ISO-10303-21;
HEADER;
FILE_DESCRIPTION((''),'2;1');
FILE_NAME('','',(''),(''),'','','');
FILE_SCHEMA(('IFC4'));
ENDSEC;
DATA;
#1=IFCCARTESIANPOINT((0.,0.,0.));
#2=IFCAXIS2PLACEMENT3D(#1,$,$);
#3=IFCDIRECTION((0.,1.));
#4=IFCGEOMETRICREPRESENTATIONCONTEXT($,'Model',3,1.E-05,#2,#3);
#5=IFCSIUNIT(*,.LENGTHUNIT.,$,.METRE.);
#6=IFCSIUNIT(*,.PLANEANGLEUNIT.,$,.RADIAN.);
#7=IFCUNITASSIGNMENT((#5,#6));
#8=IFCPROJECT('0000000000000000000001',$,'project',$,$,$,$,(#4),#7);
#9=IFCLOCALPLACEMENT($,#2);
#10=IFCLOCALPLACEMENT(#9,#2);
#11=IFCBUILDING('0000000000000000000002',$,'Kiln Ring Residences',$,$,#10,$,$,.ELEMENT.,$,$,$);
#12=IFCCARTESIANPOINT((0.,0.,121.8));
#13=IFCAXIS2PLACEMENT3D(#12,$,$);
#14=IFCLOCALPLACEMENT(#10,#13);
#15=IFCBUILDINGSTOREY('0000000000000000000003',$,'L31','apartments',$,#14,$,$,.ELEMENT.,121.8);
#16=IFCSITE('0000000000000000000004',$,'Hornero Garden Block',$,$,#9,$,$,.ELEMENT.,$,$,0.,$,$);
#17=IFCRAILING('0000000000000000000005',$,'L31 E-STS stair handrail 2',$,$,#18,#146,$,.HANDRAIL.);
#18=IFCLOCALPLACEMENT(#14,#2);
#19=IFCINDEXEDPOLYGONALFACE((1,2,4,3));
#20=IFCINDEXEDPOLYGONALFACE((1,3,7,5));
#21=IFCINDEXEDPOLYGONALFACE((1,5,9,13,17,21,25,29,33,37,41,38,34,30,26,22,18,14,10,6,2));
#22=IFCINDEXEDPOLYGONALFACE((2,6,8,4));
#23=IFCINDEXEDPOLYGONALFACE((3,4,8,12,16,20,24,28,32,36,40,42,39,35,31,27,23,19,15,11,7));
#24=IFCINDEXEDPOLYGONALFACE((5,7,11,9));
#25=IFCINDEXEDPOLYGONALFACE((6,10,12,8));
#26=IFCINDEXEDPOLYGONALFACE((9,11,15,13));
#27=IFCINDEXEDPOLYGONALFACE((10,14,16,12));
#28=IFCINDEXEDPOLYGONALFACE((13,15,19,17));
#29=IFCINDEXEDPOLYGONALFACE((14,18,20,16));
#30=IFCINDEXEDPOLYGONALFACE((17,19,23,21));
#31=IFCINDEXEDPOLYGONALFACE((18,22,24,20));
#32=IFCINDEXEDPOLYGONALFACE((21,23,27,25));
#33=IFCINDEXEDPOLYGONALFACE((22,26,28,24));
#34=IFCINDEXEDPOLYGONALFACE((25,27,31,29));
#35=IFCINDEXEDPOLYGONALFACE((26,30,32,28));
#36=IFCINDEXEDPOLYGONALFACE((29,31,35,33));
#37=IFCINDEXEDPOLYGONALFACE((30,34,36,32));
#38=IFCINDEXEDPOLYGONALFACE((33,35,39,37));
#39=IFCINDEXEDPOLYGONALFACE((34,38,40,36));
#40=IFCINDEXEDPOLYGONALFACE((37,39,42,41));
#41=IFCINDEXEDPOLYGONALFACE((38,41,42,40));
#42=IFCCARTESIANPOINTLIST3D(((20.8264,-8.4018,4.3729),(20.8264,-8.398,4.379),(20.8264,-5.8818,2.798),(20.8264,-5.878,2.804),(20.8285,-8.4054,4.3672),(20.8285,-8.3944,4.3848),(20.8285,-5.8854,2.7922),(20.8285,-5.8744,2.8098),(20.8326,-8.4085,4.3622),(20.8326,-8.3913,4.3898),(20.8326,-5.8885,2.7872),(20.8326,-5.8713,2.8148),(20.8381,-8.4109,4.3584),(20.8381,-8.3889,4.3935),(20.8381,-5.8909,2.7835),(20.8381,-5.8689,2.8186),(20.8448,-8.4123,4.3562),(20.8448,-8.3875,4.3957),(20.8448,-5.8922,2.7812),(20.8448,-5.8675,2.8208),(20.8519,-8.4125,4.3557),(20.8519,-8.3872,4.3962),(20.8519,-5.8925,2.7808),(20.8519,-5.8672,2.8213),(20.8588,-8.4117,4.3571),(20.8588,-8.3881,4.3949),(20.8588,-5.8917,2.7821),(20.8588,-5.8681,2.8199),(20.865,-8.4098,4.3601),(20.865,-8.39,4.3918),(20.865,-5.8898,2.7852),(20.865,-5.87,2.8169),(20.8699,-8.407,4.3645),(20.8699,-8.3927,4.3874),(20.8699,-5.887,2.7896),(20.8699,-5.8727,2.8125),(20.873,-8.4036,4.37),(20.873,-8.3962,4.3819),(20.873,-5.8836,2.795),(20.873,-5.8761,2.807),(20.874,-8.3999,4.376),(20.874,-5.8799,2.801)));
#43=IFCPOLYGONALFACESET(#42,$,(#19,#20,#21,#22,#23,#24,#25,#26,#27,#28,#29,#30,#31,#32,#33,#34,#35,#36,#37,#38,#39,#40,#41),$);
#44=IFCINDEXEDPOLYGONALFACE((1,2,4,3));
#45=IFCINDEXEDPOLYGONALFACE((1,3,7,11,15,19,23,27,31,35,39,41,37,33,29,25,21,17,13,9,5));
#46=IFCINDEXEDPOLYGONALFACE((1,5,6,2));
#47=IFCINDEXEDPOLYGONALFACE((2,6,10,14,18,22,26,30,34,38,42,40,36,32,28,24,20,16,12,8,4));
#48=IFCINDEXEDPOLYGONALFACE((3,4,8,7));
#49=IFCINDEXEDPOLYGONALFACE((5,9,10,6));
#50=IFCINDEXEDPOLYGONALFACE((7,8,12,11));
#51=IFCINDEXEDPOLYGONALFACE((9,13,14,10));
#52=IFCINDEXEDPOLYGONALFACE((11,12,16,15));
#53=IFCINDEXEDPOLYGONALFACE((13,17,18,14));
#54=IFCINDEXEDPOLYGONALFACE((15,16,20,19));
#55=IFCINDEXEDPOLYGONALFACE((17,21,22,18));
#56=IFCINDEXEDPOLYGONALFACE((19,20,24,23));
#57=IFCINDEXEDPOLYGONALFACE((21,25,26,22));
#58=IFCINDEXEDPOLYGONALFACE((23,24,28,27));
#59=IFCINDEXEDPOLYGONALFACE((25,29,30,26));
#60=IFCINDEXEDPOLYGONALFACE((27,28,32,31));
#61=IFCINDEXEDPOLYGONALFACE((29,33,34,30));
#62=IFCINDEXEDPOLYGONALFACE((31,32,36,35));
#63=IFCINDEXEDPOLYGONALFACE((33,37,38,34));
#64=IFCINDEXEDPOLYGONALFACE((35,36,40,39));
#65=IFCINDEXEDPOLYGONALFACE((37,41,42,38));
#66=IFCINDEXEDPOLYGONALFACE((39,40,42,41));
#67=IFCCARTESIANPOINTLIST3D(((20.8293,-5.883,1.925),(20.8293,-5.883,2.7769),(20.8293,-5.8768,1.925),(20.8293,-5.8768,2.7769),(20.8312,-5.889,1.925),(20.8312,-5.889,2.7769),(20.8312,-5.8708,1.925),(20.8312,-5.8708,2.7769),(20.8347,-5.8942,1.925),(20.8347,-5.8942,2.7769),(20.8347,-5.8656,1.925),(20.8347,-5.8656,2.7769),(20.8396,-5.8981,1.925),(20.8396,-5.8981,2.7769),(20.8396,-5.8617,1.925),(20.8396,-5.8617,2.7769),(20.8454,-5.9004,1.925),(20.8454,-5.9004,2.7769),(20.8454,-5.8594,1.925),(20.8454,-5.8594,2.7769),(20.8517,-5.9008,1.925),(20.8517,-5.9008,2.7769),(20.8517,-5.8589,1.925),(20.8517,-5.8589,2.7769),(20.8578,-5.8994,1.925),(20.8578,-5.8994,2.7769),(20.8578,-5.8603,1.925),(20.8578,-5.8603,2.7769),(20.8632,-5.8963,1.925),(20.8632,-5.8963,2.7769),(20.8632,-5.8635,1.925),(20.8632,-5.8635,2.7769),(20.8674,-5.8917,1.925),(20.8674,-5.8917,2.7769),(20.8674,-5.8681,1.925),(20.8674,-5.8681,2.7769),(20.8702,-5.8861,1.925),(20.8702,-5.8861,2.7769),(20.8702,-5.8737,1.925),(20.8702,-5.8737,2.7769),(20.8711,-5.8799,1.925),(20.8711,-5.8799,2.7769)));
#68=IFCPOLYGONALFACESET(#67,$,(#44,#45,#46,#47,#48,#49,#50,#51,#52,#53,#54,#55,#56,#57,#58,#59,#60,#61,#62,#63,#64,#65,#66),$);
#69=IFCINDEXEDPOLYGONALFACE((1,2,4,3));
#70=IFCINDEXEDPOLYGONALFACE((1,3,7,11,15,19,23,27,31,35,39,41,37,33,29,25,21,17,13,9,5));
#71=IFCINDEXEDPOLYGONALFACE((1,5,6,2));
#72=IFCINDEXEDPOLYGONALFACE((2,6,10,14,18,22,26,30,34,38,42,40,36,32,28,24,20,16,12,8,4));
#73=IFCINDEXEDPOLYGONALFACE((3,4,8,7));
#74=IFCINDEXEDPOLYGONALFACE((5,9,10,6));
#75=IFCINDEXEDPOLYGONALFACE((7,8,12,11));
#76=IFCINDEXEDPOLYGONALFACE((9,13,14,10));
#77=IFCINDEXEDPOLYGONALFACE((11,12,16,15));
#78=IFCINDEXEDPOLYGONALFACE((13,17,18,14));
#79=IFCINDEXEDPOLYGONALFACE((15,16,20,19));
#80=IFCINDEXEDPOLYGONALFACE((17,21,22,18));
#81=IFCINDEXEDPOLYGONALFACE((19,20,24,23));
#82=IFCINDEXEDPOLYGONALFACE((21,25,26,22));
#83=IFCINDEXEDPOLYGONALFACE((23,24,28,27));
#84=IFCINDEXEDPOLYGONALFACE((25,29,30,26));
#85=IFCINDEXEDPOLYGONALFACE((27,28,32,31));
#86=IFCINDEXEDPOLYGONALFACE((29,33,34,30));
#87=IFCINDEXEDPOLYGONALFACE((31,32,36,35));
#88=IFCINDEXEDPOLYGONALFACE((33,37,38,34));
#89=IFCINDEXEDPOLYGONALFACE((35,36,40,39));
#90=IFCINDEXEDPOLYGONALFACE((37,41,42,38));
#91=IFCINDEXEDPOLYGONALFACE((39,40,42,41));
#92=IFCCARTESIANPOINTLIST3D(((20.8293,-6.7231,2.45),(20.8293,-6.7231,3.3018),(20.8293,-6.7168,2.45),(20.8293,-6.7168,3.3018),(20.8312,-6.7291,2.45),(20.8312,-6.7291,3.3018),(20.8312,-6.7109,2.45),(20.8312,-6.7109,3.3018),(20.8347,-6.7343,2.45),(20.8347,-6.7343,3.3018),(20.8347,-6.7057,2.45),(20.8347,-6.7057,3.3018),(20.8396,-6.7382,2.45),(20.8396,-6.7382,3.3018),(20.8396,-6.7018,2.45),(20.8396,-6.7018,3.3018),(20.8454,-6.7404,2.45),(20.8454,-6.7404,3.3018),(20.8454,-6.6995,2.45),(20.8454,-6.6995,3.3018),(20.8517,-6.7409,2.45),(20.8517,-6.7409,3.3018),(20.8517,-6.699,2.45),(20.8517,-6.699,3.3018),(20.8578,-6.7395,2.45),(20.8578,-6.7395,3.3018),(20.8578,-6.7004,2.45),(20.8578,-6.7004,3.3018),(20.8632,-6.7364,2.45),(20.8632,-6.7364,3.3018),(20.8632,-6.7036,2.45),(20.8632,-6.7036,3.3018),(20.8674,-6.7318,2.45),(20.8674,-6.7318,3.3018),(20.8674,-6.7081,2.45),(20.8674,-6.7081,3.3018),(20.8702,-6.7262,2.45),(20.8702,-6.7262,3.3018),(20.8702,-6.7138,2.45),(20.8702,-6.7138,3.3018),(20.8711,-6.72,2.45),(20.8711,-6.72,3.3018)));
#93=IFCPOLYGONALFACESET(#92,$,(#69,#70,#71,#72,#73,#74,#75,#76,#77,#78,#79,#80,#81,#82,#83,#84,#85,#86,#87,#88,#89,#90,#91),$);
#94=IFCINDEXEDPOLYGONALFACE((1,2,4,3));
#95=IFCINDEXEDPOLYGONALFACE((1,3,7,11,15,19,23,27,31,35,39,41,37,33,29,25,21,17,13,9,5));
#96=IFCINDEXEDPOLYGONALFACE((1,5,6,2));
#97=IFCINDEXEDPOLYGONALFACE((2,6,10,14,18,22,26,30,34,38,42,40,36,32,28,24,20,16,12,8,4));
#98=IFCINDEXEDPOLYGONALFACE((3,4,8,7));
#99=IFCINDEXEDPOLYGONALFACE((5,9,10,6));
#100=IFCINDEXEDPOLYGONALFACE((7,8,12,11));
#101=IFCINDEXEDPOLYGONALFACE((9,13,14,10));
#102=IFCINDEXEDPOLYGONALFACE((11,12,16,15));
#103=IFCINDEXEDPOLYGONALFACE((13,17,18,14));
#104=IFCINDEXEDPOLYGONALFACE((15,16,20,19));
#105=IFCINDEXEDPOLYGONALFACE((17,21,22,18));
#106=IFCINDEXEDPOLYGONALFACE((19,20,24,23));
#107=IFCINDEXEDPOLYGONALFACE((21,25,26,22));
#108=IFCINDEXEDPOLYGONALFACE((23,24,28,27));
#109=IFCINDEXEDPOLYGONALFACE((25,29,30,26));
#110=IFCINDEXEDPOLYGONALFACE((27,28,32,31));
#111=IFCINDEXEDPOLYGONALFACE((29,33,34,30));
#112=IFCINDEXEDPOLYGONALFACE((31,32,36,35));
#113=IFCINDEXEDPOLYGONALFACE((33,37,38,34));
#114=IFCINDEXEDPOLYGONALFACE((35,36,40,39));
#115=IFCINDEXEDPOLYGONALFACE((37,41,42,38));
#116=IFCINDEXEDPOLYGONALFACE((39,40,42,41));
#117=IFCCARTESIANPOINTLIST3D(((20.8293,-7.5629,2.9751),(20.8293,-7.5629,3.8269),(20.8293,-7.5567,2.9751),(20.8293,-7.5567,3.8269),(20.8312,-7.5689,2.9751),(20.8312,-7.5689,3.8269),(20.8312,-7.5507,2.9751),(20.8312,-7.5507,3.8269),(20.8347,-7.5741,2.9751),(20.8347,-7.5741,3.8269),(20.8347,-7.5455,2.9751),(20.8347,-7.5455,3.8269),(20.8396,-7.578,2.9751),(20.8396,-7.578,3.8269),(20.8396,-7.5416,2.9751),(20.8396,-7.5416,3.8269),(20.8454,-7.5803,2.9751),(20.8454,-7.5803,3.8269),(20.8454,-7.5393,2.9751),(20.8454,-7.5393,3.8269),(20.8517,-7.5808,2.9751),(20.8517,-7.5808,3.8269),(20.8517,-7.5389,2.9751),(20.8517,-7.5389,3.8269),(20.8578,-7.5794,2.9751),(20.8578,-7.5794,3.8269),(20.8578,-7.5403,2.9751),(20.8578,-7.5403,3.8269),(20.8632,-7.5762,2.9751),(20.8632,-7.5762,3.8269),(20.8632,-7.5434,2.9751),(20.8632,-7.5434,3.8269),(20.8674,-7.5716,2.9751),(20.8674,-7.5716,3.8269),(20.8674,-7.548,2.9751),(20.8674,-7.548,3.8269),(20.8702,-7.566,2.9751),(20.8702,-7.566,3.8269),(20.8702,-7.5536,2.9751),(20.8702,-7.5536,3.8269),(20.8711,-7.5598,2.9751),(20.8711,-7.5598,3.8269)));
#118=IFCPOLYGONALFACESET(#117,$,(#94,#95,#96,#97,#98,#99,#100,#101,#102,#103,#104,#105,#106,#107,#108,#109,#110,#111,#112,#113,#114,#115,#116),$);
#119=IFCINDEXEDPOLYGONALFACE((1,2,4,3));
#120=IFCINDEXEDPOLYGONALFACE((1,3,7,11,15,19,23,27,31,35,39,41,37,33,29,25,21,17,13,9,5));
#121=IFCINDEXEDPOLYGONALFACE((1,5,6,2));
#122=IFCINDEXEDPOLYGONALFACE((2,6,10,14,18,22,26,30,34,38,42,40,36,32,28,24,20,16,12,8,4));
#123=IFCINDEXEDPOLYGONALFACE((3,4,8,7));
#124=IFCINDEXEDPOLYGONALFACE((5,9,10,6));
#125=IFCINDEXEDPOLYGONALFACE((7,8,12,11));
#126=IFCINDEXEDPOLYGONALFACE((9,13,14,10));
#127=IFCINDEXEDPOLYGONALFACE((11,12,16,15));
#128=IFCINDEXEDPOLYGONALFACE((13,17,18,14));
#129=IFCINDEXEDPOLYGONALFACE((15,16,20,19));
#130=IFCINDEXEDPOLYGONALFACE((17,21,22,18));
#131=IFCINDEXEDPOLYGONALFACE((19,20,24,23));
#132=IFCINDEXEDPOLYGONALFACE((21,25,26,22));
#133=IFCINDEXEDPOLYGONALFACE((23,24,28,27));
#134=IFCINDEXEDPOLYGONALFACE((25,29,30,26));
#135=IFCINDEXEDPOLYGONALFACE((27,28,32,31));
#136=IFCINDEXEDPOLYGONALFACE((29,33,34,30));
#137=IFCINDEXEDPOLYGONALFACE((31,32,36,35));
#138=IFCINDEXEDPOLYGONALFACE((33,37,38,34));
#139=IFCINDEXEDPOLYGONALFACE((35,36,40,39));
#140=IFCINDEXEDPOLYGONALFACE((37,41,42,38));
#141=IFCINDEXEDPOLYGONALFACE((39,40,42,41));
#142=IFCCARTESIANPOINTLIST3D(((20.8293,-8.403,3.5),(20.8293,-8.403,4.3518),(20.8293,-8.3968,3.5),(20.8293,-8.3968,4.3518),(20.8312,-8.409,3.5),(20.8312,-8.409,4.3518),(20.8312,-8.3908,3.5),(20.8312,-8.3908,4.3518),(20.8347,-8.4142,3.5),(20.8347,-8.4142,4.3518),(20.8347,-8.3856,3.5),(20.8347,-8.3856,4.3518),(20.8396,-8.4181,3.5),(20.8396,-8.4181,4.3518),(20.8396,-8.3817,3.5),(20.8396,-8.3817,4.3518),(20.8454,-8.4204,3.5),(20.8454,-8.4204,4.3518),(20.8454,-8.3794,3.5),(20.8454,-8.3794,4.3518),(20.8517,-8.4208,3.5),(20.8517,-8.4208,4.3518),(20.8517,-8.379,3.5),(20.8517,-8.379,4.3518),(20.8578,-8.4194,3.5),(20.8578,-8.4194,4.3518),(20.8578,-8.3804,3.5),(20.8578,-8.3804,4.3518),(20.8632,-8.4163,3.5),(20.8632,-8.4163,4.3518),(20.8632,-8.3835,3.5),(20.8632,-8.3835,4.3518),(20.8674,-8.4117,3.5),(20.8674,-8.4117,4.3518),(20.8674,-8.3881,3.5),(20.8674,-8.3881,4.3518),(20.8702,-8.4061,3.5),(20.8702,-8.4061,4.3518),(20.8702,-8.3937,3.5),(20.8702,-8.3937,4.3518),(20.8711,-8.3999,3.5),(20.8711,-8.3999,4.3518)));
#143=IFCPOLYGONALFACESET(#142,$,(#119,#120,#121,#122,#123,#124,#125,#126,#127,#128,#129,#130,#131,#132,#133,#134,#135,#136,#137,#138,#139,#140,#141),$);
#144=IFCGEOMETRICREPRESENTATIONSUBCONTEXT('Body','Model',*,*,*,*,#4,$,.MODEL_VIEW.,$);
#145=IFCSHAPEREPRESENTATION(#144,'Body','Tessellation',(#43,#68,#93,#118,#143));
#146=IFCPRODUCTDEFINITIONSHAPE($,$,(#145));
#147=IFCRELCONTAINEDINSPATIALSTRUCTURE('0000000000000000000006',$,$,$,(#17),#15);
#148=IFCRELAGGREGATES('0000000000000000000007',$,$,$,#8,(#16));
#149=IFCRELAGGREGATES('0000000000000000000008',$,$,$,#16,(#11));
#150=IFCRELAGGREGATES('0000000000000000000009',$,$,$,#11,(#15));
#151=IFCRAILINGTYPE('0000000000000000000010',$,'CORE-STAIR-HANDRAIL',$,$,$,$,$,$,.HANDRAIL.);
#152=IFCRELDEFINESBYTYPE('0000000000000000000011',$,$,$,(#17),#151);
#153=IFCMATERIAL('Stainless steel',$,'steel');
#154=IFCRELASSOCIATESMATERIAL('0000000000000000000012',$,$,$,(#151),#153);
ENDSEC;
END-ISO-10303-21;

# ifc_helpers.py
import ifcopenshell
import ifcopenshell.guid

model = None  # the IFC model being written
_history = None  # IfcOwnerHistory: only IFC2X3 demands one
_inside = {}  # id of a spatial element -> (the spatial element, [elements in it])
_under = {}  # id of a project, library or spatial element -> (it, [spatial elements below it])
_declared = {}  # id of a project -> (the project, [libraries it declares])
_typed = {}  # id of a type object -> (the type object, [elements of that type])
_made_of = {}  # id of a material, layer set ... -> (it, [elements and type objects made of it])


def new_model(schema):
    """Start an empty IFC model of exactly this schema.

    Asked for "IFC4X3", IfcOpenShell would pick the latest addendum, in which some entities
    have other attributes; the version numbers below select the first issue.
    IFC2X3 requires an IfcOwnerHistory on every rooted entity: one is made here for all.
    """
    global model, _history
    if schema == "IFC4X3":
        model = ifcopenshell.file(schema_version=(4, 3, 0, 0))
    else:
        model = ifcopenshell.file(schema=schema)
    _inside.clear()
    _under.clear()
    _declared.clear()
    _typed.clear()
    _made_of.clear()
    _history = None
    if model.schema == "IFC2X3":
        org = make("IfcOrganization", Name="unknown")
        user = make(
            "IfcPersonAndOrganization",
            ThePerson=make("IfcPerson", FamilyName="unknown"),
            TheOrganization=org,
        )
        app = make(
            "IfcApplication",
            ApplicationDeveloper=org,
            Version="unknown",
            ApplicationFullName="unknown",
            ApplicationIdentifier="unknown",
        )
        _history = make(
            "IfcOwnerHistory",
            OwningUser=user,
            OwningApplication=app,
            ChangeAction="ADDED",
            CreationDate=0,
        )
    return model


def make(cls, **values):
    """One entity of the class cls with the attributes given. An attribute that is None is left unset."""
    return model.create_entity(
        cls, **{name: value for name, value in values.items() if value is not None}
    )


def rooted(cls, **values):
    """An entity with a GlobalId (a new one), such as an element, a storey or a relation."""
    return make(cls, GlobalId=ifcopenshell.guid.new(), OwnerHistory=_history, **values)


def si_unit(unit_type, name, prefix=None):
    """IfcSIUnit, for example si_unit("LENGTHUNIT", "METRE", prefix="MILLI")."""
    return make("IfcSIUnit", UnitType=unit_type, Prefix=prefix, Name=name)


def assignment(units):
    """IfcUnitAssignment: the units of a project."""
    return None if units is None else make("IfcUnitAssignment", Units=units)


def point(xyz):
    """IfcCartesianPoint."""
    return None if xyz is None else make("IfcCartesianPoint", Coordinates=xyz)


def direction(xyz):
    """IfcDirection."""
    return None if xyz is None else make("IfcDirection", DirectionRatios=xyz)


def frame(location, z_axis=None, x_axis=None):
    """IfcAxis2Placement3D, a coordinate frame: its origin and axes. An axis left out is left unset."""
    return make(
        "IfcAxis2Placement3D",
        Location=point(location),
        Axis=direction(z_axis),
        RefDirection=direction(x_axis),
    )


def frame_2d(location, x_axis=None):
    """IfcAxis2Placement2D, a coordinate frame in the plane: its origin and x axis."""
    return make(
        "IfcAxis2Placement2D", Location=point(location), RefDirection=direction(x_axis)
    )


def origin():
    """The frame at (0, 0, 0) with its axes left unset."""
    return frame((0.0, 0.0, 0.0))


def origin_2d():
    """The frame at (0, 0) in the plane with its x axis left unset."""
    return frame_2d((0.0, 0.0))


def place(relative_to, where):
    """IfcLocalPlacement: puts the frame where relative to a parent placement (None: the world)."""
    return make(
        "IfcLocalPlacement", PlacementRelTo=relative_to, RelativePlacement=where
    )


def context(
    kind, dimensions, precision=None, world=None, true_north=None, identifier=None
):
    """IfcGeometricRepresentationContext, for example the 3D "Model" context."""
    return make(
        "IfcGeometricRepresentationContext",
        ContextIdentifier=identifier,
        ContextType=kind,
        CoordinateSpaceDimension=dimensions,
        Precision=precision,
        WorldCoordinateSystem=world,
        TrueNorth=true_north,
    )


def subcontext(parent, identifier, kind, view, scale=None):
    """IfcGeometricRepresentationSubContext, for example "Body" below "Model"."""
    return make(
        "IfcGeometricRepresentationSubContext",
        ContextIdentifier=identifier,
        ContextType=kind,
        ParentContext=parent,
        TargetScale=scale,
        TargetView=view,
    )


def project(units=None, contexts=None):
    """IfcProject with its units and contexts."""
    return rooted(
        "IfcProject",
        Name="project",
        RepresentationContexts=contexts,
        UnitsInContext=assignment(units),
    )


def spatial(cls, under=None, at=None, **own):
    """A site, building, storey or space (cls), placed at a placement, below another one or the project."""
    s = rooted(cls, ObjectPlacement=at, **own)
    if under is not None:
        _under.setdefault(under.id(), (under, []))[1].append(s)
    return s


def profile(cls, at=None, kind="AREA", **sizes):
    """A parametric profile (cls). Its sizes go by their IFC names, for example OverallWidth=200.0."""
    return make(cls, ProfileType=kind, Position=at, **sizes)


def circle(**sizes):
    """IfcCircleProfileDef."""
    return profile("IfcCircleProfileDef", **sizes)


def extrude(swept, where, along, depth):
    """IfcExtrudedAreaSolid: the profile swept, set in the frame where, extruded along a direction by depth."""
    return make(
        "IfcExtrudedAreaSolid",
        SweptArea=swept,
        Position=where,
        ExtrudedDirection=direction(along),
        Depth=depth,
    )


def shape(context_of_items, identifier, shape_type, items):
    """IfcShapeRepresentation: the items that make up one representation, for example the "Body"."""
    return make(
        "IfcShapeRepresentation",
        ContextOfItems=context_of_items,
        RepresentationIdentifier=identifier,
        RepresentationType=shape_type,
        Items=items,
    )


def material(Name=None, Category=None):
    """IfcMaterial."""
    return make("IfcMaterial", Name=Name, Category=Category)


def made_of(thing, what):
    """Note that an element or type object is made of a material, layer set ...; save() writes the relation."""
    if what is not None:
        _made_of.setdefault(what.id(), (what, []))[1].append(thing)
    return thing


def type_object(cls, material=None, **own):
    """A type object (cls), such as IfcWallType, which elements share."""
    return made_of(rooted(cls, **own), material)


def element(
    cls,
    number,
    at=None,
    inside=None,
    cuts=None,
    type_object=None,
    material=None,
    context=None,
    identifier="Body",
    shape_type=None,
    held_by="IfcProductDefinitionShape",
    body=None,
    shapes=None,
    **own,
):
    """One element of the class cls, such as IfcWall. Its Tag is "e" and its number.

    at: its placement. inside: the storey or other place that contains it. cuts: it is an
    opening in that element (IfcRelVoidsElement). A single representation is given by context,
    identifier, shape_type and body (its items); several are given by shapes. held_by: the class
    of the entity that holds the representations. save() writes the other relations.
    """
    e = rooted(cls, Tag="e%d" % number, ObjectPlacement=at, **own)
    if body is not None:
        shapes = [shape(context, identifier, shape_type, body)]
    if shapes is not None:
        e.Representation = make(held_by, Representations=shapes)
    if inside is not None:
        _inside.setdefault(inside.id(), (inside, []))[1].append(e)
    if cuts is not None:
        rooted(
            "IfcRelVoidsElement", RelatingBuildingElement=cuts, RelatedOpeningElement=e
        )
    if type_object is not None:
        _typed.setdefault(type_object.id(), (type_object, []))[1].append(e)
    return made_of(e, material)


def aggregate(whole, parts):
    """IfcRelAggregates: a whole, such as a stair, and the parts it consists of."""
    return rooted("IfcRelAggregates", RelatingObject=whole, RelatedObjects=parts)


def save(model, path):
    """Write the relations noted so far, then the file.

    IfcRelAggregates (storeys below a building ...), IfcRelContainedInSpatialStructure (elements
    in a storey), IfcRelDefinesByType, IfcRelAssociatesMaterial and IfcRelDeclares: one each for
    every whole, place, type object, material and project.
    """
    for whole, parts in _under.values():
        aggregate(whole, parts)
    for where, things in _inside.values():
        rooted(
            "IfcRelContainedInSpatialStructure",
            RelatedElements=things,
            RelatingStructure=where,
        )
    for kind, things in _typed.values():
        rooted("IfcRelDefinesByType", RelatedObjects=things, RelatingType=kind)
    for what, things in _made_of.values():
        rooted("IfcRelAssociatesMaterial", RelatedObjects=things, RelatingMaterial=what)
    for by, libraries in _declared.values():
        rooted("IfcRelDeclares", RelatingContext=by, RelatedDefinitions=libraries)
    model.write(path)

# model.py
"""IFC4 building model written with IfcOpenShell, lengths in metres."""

from ifc_helpers import new_model, si_unit, direction, frame, origin, origin_2d, place, context, subcontext, project, spatial, circle, extrude, material, type_object, element, save


model = new_model("IFC4")

# Units and contexts
model_context = context("Model", 3, precision=1e-05, world=origin(), true_north=direction((0.0, 1.0)))
body_context = subcontext(model_context, "Body", "Model", "MODEL_VIEW")
ifc_project = project(units=[si_unit("LENGTHUNIT", "METRE"), si_unit("PLANEANGLEUNIT", "RADIAN")], contexts=[model_context])

# Site, building, storey
site_placement = place(None, origin())
site = spatial("IfcSite", under=ifc_project, at=site_placement, Name="Hornero Garden Block", CompositionType="ELEMENT", RefElevation=0.0)
building_placement = place(site_placement, origin())
building = spatial("IfcBuilding", under=site, at=building_placement, Name="Kiln Ring Residences", CompositionType="ELEMENT")
storey_placement = place(building_placement, frame((0.0, 0.0, 121.8)))
storey = spatial("IfcBuildingStorey", under=building, at=storey_placement, Name="L31", Description="apartments", CompositionType="ELEMENT", Elevation=121.8)

# Railing
ifc_material_1 = material(Name="Stainless steel", Category="steel")
railing_type_1 = type_object("IfcRailingType", Name="CORE-STAIR-HANDRAIL", PredefinedType="HANDRAIL", material=ifc_material_1)
railing_1_placement = place(storey_placement, frame((20.8501, -5.8799, 1.925)))
element("IfcRailing", 1, at=railing_1_placement, inside=storey, type_object=railing_type_1, Name="L31 E-STS stair handrail 2", PredefinedType="HANDRAIL", context=body_context, shape_type="SweptSolid", body=[
    extrude(circle(Radius=0.0239, at=origin_2d()), frame((0.0, 0.0, 0.876), z_axis=(0.0, -0.848008, 0.529984), x_axis=(1.0, 0.0, 0.0)), (0.0, 0.0, 1.0), 2.9717),
    extrude(circle(Radius=0.021, at=origin_2d()), origin(), (0.0, 0.0, 1.0), 0.8518),
    extrude(circle(Radius=0.021, at=origin_2d()), frame((0.0, -0.8401, 0.5249)), (0.0, 0.0, 1.0), 0.8518),
    extrude(circle(Radius=0.021, at=origin_2d()), frame((0.0, -1.6799, 1.05)), (0.0, 0.0, 1.0), 0.8518),
    extrude(circle(Radius=0.021, at=origin_2d()), frame((0.0, -2.52, 1.575)), (0.0, 0.0, 1.0), 0.8518),
])

save(model, "model.ifc")
